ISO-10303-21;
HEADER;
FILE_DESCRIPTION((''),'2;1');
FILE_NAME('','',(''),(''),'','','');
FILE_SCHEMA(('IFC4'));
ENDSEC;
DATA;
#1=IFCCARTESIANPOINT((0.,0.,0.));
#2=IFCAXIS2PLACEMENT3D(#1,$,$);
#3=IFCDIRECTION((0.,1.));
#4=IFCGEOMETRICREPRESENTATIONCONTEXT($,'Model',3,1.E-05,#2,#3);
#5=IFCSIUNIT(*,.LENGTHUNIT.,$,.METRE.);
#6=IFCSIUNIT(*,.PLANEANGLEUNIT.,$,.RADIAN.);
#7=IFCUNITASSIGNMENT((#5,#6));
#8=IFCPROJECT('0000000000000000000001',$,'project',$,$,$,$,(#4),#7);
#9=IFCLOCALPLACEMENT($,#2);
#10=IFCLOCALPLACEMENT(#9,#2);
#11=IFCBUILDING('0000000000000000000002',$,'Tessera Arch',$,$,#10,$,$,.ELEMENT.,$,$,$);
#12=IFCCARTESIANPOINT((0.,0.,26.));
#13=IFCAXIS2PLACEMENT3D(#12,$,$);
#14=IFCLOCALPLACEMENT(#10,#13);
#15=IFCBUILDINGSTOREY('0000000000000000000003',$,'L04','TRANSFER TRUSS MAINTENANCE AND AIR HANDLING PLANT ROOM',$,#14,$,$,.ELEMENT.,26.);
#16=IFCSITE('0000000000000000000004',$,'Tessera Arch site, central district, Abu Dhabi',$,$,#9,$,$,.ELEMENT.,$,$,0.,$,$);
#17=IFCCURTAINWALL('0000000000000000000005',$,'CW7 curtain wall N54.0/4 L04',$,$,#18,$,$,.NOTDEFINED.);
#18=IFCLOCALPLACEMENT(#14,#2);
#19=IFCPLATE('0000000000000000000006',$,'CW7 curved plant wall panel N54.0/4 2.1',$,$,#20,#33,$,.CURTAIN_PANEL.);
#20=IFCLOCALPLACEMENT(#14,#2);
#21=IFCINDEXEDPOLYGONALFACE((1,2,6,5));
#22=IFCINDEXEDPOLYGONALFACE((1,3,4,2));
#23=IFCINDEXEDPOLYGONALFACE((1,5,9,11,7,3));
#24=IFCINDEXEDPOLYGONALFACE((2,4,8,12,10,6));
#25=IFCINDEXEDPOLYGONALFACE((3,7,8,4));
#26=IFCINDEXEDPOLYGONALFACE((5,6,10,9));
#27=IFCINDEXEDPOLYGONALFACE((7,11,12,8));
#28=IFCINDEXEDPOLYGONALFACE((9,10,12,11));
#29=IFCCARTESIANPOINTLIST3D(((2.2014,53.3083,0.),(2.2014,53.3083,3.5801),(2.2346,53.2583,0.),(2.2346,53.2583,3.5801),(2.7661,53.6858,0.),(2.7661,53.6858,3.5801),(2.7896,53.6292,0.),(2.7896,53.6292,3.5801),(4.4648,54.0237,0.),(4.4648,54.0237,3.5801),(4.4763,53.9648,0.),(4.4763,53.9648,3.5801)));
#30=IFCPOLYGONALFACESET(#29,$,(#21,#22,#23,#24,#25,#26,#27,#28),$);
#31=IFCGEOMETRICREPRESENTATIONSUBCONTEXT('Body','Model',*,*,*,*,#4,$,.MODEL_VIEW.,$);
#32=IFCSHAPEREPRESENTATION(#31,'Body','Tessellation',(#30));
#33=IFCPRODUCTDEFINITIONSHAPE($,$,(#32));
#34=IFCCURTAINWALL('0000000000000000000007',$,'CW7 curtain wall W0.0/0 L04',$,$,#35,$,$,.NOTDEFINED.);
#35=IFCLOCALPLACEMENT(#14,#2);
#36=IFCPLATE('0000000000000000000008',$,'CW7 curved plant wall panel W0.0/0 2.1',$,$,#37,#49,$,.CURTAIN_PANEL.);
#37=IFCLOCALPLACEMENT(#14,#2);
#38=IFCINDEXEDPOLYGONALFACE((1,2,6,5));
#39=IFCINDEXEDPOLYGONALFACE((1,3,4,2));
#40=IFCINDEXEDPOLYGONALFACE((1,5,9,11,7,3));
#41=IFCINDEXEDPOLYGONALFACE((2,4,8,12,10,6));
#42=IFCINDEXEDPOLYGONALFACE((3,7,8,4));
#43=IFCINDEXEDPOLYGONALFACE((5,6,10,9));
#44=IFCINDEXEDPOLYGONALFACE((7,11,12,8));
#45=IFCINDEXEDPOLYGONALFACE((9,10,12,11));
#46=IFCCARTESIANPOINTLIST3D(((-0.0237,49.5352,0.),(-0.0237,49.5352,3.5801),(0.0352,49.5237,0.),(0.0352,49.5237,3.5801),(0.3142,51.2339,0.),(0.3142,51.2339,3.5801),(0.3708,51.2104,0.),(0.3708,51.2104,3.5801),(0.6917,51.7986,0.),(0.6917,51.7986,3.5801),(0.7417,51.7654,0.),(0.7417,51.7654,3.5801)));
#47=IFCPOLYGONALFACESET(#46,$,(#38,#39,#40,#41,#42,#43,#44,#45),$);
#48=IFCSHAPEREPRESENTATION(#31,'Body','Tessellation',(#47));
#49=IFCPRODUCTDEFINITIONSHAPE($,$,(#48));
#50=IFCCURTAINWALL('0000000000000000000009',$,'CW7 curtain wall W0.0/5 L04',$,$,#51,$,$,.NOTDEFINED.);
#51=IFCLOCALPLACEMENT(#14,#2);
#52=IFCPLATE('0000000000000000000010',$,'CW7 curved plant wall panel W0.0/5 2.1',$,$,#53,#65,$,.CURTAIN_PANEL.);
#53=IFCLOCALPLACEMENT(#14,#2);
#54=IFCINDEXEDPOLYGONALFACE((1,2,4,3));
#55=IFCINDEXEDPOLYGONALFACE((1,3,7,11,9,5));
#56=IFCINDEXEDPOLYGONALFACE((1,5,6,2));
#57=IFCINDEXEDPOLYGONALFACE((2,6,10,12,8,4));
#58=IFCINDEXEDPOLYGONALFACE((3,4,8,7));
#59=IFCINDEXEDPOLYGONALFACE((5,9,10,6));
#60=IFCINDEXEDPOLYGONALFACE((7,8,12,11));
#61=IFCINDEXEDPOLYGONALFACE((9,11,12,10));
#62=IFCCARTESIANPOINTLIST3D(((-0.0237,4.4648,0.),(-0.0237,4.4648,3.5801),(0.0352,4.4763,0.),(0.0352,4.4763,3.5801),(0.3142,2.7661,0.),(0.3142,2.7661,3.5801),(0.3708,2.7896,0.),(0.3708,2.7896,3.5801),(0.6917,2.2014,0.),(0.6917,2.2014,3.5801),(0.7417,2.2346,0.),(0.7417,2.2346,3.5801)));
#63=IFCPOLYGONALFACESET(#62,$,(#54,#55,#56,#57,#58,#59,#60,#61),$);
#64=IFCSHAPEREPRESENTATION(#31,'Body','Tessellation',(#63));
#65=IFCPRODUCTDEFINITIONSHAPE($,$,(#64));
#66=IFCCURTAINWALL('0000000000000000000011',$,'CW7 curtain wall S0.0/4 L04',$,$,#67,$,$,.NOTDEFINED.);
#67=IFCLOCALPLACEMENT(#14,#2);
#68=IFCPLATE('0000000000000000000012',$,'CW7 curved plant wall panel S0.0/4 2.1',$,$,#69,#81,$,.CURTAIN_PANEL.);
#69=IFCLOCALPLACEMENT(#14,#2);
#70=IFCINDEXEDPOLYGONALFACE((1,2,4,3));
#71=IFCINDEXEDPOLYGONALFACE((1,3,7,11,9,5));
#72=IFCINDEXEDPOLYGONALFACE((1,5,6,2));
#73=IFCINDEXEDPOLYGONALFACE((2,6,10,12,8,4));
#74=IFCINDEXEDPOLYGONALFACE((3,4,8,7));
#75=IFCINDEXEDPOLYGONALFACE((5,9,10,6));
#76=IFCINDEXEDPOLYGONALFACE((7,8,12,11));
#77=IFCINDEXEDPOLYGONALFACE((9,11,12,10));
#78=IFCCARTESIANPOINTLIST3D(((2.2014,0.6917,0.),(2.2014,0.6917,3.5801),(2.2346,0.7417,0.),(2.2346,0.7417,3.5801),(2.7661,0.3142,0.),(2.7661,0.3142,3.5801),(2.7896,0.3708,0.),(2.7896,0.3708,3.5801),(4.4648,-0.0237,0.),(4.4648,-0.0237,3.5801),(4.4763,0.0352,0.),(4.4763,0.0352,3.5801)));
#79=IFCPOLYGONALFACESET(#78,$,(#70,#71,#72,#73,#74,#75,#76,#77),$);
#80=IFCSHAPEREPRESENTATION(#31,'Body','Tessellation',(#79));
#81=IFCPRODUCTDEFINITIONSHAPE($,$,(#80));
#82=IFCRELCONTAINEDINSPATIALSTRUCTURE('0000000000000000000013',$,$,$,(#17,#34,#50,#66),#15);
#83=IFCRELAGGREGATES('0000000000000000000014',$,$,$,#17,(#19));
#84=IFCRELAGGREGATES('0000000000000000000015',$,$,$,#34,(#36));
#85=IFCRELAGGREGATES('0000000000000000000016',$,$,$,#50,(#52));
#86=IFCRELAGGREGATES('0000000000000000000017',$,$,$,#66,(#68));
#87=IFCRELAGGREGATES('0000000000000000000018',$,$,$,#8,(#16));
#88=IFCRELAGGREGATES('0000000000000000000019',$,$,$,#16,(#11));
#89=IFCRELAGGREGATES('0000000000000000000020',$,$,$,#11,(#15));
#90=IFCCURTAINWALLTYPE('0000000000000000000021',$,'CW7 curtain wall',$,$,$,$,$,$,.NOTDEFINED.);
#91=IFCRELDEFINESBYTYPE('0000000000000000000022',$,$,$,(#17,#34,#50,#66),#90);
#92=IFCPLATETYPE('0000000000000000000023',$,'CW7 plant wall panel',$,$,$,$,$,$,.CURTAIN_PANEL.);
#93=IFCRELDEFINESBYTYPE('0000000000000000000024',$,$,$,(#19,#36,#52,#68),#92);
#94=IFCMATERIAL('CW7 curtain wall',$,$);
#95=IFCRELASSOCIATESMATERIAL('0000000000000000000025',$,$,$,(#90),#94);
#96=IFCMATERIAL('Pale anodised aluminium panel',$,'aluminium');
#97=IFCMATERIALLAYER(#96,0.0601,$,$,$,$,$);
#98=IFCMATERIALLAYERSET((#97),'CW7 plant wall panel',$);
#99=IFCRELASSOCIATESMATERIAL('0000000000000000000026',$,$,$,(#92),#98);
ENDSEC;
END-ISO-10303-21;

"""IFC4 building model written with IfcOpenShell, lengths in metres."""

from ifc_helpers import new_model, si_unit, direction, frame, origin, place, context, subcontext, project, spatial, polyline, outline, extrude, material, layer, layer_set, type_object, element, aggregate, save


model = new_model("IFC4")

# Units and contexts
model_context = context("Model", 3, precision=1e-05, world=origin(), true_north=direction((0.0, 1.0)))
body_context = subcontext(model_context, "Body", "Model", "MODEL_VIEW")
ifc_project = project(units=[si_unit("LENGTHUNIT", "METRE"), si_unit("PLANEANGLEUNIT", "RADIAN")], contexts=[model_context])

# Site, building, storey
site_placement = place(None, origin())
site = spatial("IfcSite", under=ifc_project, at=site_placement, Name="Tessera Arch site, central district, Abu Dhabi", CompositionType="ELEMENT", RefElevation=0.0)
building_placement = place(site_placement, origin())
building = spatial("IfcBuilding", under=site, at=building_placement, Name="Tessera Arch", CompositionType="ELEMENT")
storey_placement = place(building_placement, frame((0.0, 0.0, 26.0)))
storey = spatial("IfcBuildingStorey", under=building, at=storey_placement, Name="L04", Description="TRANSFER TRUSS MAINTENANCE AND AIR HANDLING PLANT ROOM", CompositionType="ELEMENT", Elevation=26.0)

# Curtain walls, plates
ifc_material_1 = material(Name="CW7 curtain wall")
curtain_wall_type = type_object("IfcCurtainWallType", Name="CW7 curtain wall", PredefinedType="NOTDEFINED", material=ifc_material_1)
curtain_wall_1_placement = place(storey_placement, origin())
curtain_wall_1 = element("IfcCurtainWall", 1, at=curtain_wall_1_placement, inside=storey, type_object=curtain_wall_type, Name="CW7 curtain wall N54.0/4 L04", PredefinedType="NOTDEFINED")
ifc_material_2 = material(Name="Pale anodised aluminium panel", Category="aluminium")
ifc_layer = layer(ifc_material_2, 0.0601)
ifc_layer_set = layer_set([ifc_layer], Name="CW7 plant wall panel")
plate_type = type_object("IfcPlateType", Name="CW7 plant wall panel", PredefinedType="CURTAIN_PANEL", material=ifc_layer_set)
plate_1_placement = place(storey_placement, origin())
plate_1 = element("IfcPlate", 2, at=plate_1_placement, type_object=plate_type, Name="CW7 curved plant wall panel N54.0/4 2.1", PredefinedType="CURTAIN_PANEL", context=body_context, shape_type="SweptSolid", body=[
    extrude(outline(polyline([(2.7896, 53.6292), (4.4763, 53.9648), (4.4648, 54.0237), (2.7661, 53.6858), (2.2014, 53.3083), (2.2346, 53.2583), (2.7896, 53.6292)])), origin(), (0.0, 0.0, 1.0), 3.5801),
])
aggregate(curtain_wall_1, [plate_1])
curtain_wall_2_placement = place(storey_placement, origin())
curtain_wall_2 = element("IfcCurtainWall", 3, at=curtain_wall_2_placement, inside=storey, type_object=curtain_wall_type, Name="CW7 curtain wall W0.0/0 L04", PredefinedType="NOTDEFINED")
plate_2_placement = place(storey_placement, origin())
plate_2 = element("IfcPlate", 4, at=plate_2_placement, type_object=plate_type, Name="CW7 curved plant wall panel W0.0/0 2.1", PredefinedType="CURTAIN_PANEL", context=body_context, shape_type="SweptSolid", body=[
    extrude(outline(polyline([(0.3708, 51.2104), (0.7417, 51.7654), (0.6917, 51.7986), (0.3142, 51.2339), (-0.0237, 49.5352), (0.0352, 49.5237), (0.3708, 51.2104)])), origin(), (0.0, 0.0, 1.0), 3.5801),
])
aggregate(curtain_wall_2, [plate_2])
curtain_wall_3_placement = place(storey_placement, origin())
curtain_wall_3 = element("IfcCurtainWall", 5, at=curtain_wall_3_placement, inside=storey, type_object=curtain_wall_type, Name="CW7 curtain wall W0.0/5 L04", PredefinedType="NOTDEFINED")
plate_3_placement = place(storey_placement, origin())
plate_3 = element("IfcPlate", 6, at=plate_3_placement, type_object=plate_type, Name="CW7 curved plant wall panel W0.0/5 2.1", PredefinedType="CURTAIN_PANEL", context=body_context, shape_type="SweptSolid", body=[
    extrude(outline(polyline([(0.3708, 2.7896), (0.0352, 4.4763), (-0.0237, 4.4648), (0.3142, 2.7661), (0.6917, 2.2014), (0.7417, 2.2346), (0.3708, 2.7896)])), origin(), (0.0, 0.0, 1.0), 3.5801),
])
aggregate(curtain_wall_3, [plate_3])
curtain_wall_4_placement = place(storey_placement, origin())
curtain_wall_4 = element("IfcCurtainWall", 7, at=curtain_wall_4_placement, inside=storey, type_object=curtain_wall_type, Name="CW7 curtain wall S0.0/4 L04", PredefinedType="NOTDEFINED")
plate_4_placement = place(storey_placement, origin())
plate_4 = element("IfcPlate", 8, at=plate_4_placement, type_object=plate_type, Name="CW7 curved plant wall panel S0.0/4 2.1", PredefinedType="CURTAIN_PANEL", context=body_context, shape_type="SweptSolid", body=[
    extrude(outline(polyline([(2.7896, 0.3708), (2.2346, 0.7417), (2.2014, 0.6917), (2.7661, 0.3142), (4.4648, -0.0237), (4.4763, 0.0352), (2.7896, 0.3708)])), origin(), (0.0, 0.0, 1.0), 3.5801),
])
aggregate(curtain_wall_4, [plate_4])

save(model, "model.ifc")
